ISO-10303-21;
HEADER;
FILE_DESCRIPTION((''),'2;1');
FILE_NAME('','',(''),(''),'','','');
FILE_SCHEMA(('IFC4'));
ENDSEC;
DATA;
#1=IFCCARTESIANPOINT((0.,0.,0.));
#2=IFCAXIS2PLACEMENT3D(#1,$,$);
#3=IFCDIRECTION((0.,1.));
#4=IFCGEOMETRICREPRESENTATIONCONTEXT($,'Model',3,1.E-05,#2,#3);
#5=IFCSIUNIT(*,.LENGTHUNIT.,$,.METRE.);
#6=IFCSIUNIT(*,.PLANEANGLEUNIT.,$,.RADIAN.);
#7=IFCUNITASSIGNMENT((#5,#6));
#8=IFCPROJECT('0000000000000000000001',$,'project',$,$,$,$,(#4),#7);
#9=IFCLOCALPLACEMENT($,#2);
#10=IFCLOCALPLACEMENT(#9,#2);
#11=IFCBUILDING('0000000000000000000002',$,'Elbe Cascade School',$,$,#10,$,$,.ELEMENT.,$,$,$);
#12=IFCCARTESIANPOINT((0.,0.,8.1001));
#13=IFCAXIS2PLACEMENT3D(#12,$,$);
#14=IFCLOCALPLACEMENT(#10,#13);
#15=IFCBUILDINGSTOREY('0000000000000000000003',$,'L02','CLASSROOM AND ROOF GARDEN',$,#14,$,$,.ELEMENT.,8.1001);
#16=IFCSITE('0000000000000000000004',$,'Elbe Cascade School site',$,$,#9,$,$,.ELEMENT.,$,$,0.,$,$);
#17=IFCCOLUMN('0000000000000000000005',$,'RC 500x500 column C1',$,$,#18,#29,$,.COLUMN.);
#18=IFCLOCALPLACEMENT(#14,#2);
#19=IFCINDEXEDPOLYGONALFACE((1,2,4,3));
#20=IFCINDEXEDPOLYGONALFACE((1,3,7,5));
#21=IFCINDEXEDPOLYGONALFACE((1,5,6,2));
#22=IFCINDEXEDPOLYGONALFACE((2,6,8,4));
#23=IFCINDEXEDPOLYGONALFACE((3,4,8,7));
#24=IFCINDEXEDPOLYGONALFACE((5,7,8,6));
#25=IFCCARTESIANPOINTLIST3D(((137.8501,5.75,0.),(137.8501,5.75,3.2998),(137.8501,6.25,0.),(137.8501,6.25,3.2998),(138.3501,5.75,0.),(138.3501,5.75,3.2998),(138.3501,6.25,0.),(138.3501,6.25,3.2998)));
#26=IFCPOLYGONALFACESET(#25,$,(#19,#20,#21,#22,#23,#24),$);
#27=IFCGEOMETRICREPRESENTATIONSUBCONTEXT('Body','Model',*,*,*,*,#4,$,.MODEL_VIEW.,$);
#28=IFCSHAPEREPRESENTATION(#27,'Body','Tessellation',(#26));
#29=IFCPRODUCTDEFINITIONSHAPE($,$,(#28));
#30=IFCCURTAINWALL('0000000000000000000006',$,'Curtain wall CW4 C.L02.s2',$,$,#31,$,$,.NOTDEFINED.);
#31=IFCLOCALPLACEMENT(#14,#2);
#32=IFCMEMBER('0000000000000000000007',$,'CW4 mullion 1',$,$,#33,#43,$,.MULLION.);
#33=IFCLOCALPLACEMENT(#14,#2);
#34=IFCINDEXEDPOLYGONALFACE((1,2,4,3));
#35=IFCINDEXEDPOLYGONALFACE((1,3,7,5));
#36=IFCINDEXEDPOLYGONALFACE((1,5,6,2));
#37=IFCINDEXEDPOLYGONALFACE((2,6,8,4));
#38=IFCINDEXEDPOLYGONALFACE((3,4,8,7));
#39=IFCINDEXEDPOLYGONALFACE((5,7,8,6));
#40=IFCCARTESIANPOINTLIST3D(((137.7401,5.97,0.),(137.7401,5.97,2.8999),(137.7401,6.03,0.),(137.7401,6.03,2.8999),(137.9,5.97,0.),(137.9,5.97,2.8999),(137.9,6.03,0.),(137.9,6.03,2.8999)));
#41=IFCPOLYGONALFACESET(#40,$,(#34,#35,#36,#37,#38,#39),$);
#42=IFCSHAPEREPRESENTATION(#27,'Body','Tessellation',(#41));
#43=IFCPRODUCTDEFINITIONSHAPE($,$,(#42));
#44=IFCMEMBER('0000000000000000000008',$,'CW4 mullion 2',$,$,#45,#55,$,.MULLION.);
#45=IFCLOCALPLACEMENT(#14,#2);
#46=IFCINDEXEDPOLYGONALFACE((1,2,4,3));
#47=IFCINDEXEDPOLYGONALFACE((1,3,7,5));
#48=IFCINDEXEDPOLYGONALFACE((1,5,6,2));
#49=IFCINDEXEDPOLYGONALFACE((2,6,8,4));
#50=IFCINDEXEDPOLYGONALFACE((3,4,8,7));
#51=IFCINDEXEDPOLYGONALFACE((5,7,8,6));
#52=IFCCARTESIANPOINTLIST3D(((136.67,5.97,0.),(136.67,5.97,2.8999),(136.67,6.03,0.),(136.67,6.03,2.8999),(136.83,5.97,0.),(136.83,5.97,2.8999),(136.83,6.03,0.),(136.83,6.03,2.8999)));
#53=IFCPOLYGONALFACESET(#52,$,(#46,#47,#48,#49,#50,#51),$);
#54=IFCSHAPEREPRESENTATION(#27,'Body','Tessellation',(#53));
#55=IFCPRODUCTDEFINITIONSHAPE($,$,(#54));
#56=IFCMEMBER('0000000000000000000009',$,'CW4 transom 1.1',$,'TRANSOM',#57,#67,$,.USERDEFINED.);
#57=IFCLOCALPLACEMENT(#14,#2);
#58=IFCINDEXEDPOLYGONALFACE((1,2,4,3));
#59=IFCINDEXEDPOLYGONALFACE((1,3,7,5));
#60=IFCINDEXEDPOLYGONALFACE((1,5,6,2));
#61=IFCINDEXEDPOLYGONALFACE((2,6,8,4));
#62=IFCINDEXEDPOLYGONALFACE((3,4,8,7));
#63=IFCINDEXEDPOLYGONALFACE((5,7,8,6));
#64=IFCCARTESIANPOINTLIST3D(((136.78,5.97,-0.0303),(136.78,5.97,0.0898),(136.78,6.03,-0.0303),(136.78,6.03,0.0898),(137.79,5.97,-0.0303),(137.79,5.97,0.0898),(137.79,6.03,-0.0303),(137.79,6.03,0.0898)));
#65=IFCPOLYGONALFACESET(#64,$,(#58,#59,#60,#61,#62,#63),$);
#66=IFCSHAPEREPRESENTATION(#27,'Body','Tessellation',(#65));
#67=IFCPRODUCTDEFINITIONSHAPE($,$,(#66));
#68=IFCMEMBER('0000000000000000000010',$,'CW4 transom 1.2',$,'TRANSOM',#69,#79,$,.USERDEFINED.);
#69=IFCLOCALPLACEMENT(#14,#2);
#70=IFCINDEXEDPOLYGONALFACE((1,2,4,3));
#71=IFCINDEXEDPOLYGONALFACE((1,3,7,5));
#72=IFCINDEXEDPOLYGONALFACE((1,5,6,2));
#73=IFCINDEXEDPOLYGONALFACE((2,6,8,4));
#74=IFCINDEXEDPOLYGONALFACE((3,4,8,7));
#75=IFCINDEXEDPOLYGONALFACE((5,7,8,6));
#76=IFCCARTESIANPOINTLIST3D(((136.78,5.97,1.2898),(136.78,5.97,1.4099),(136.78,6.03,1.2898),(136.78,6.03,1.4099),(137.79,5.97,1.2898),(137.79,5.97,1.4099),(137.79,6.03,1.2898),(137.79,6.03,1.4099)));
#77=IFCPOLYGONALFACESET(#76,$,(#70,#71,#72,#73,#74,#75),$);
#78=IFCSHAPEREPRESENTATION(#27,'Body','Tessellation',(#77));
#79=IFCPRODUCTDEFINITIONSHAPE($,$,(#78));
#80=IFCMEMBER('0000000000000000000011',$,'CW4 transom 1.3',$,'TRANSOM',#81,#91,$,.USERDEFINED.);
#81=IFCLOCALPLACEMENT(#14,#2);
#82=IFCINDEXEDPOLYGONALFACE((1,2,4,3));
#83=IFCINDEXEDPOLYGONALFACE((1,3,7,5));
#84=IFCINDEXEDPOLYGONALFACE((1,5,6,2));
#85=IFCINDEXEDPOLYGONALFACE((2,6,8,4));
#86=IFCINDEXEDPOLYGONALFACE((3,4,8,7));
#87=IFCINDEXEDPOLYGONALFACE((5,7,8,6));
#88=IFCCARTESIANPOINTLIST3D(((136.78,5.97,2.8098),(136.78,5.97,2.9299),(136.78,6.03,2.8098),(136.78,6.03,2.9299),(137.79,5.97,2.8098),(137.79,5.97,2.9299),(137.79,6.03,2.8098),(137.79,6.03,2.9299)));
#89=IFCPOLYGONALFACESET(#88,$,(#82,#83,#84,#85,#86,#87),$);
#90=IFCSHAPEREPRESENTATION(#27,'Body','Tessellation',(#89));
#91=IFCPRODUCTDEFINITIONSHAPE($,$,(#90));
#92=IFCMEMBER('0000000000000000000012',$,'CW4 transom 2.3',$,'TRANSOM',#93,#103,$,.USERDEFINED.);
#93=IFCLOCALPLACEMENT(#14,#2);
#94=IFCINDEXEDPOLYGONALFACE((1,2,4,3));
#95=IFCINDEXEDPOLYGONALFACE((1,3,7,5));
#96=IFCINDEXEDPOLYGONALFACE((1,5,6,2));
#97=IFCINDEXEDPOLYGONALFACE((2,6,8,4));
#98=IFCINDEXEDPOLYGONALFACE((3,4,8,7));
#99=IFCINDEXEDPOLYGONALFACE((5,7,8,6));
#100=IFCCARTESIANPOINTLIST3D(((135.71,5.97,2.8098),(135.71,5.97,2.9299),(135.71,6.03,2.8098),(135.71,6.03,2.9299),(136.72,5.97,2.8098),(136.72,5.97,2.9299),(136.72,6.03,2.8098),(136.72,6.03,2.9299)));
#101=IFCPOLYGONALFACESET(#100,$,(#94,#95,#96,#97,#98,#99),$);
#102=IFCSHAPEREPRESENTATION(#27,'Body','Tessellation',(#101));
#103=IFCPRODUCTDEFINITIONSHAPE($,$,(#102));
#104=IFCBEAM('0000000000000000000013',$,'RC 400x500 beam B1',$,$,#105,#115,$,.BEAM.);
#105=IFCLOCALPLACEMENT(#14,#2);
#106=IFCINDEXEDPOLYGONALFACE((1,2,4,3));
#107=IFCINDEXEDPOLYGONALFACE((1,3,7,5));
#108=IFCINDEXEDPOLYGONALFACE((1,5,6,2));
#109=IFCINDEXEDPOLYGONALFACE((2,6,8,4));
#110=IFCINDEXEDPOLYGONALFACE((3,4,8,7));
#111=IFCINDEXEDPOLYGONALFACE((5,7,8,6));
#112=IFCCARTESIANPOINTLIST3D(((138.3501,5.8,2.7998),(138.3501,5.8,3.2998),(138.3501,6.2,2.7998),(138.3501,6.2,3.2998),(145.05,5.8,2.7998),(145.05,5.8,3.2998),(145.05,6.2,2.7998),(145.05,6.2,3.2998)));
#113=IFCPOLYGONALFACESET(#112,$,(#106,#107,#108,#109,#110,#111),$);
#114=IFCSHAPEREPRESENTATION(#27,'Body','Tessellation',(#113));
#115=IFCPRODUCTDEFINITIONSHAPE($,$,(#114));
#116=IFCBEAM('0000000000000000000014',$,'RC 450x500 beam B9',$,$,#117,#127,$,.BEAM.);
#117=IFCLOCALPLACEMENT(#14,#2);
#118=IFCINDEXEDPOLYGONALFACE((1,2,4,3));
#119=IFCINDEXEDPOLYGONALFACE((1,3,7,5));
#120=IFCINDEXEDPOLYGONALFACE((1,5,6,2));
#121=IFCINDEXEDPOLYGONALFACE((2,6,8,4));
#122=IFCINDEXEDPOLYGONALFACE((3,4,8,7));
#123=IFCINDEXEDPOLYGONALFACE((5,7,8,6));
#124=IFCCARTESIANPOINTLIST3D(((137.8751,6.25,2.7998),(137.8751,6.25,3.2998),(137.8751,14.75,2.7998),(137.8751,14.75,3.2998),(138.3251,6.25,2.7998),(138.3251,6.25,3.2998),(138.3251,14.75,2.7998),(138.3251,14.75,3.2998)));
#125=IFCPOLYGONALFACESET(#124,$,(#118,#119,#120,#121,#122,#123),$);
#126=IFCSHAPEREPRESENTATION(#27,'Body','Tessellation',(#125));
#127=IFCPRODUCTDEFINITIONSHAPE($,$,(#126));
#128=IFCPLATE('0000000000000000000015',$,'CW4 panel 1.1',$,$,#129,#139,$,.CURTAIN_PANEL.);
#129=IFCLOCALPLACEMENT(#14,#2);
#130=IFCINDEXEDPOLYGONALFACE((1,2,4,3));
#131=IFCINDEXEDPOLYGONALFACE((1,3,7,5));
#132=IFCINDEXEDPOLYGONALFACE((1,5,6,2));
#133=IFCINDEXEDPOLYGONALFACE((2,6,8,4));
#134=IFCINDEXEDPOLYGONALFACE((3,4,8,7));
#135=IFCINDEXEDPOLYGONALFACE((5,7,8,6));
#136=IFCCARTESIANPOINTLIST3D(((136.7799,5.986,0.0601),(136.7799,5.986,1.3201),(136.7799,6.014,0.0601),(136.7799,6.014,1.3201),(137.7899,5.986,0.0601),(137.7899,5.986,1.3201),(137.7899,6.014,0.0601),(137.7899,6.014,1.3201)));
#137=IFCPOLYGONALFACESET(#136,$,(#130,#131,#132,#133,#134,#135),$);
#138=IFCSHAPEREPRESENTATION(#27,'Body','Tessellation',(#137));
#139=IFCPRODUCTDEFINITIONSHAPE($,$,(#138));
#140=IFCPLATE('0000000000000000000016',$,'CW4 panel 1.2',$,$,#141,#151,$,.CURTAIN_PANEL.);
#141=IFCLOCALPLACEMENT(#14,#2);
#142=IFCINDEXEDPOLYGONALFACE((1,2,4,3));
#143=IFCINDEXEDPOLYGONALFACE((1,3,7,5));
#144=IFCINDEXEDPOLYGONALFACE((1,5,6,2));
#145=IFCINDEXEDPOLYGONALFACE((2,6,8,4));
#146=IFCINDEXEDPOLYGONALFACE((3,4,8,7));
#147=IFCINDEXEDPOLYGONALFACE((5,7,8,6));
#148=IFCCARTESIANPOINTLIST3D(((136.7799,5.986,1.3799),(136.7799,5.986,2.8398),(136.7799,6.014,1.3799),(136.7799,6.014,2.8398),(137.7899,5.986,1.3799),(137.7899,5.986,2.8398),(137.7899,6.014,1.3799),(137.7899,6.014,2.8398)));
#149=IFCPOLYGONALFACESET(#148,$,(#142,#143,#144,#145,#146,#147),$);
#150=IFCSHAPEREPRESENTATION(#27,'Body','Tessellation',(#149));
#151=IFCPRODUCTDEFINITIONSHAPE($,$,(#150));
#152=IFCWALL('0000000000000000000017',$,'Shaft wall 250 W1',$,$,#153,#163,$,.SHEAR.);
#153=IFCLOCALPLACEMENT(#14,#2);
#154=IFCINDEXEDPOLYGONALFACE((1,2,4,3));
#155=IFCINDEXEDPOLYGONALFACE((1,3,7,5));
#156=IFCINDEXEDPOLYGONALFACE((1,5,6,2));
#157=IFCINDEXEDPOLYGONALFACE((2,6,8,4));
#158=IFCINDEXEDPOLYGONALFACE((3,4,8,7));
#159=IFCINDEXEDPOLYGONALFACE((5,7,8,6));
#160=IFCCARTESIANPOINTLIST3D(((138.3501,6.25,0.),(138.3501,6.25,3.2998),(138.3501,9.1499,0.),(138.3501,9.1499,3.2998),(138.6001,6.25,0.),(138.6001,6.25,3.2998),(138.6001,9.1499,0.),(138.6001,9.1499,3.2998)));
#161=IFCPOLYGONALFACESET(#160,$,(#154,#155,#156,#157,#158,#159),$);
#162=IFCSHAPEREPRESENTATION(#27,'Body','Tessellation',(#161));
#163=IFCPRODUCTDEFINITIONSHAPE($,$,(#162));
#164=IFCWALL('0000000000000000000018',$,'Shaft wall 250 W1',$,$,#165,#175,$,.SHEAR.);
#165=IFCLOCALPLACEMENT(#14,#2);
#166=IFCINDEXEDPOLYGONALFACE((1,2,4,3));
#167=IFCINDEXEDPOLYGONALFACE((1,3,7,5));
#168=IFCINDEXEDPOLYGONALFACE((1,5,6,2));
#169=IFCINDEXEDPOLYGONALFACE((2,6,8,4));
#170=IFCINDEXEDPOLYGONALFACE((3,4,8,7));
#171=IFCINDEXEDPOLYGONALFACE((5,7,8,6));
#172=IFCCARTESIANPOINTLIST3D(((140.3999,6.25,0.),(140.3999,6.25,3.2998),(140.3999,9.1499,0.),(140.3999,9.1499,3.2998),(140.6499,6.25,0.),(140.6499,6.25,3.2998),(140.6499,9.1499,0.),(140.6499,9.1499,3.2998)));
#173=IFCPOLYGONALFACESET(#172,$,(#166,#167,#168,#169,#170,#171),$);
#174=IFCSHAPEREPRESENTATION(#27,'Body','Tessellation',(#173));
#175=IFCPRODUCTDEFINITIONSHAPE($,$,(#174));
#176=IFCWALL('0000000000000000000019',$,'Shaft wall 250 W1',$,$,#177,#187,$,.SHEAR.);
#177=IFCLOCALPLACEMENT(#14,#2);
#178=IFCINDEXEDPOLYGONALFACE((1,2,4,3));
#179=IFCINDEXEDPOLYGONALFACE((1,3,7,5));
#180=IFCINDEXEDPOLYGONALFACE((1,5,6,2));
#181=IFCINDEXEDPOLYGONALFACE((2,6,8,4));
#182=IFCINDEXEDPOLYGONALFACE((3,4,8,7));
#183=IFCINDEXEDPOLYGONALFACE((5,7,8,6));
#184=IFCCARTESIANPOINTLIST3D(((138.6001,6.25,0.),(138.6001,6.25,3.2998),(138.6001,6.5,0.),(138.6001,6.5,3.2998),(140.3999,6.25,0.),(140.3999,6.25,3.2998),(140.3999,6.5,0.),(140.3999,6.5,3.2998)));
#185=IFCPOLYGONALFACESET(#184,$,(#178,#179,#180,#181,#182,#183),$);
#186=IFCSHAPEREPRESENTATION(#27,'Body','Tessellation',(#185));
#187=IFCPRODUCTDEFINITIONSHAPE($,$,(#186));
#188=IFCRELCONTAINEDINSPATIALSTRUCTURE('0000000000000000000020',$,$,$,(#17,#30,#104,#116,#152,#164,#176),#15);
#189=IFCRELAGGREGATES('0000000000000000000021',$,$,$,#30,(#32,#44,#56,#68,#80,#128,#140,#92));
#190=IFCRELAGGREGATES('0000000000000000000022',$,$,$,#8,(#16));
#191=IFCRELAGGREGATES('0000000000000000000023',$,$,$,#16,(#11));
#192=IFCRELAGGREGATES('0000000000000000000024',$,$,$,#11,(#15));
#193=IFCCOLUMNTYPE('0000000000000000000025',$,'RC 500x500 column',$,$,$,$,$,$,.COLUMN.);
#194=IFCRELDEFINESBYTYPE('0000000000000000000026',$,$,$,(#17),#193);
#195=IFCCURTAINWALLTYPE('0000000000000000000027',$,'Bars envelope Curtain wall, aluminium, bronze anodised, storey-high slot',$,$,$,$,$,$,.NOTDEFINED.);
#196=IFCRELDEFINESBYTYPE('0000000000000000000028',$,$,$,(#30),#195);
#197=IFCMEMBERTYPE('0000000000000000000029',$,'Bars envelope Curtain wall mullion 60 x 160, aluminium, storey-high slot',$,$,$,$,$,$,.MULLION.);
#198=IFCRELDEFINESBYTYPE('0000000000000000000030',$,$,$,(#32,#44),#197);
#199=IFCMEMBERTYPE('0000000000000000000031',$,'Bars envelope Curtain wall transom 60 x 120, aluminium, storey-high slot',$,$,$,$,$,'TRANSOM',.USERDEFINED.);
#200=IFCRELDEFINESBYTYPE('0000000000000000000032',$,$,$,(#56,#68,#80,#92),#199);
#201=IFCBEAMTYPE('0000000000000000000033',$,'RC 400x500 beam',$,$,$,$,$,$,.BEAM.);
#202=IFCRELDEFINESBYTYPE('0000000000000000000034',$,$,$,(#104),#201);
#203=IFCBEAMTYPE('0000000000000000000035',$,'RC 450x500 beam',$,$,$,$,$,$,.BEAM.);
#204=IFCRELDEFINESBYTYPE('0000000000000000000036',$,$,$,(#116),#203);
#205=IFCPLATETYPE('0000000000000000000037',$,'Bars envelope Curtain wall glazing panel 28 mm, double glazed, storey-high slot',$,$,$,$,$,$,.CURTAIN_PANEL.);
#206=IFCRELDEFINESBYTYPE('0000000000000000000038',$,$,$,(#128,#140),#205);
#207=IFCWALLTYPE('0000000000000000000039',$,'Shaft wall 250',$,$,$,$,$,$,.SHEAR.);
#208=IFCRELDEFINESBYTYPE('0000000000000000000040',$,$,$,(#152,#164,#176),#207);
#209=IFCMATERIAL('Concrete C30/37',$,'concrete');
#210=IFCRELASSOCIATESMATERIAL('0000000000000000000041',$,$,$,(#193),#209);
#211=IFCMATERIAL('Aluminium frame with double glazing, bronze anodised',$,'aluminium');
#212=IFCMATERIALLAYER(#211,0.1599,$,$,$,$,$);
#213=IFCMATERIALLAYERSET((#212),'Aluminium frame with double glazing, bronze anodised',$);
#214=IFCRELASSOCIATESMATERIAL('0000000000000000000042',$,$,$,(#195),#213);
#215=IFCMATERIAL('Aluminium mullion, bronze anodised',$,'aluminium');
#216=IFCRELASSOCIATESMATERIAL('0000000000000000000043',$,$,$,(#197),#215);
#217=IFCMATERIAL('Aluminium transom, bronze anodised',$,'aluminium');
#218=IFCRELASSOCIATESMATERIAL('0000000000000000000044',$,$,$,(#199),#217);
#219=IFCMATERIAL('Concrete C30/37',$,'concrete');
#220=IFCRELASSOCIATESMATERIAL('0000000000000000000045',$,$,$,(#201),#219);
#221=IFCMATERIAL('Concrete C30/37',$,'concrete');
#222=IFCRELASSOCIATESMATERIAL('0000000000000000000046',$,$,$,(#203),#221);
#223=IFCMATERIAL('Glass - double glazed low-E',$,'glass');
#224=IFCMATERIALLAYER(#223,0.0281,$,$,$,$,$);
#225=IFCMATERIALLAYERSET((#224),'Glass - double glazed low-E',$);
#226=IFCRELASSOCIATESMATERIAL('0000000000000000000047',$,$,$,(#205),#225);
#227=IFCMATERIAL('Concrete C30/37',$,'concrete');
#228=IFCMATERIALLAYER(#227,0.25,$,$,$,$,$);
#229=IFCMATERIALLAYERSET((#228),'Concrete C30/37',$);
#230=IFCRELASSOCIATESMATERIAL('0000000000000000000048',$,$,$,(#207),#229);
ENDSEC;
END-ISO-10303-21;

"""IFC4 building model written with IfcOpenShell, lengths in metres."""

from ifc_helpers import new_model, si_unit, direction, frame, frame_2d, origin, origin_2d, place, context, subcontext, project, spatial, rectangle, extrude, material, layer, layer_set, material_profile, profile_set, type_object, element, aggregate, save


model = new_model("IFC4")

# Units and contexts
model_context = context("Model", 3, precision=1e-05, world=origin(), true_north=direction((0.0, 1.0)))
body_context = subcontext(model_context, "Body", "Model", "MODEL_VIEW")
ifc_project = project(units=[si_unit("LENGTHUNIT", "METRE"), si_unit("PLANEANGLEUNIT", "RADIAN")], contexts=[model_context])

# Site, building, storey
site_placement = place(None, origin())
site = spatial("IfcSite", under=ifc_project, at=site_placement, Name="Elbe Cascade School site", CompositionType="ELEMENT", RefElevation=0.0)
building_placement = place(site_placement, origin())
building = spatial("IfcBuilding", under=site, at=building_placement, Name="Elbe Cascade School", CompositionType="ELEMENT")
storey_placement = place(building_placement, frame((0.0, 0.0, 8.1001)))
storey = spatial("IfcBuildingStorey", under=building, at=storey_placement, Name="L02", Description="CLASSROOM AND ROOF GARDEN", CompositionType="ELEMENT", Elevation=8.1001)

# Column
ifc_material_1 = material(Name="Concrete C30/37", Category="concrete")
ifc_material_profile_1 = material_profile(ifc_material_1, rectangle(XDim=0.5, YDim=0.5, at=origin_2d()), Name="RC 500x500")
ifc_profile_set_1 = profile_set([ifc_material_profile_1], Name="Concrete C30/37")
column_type = type_object("IfcColumnType", Name="RC 500x500 column", PredefinedType="COLUMN", material=ifc_profile_set_1)
column_placement = place(storey_placement, frame((138.1001, 6.0, 0.0), z_axis=(0.0, 0.0, 1.0), x_axis=(1.0, 0.0, 0.0)))
element("IfcColumn", 1, at=column_placement, inside=storey, type_object=column_type, Name="RC 500x500 column C1", PredefinedType="COLUMN", context=body_context, shape_type="SweptSolid", body=[
    extrude(rectangle(XDim=0.5, YDim=0.5, at=origin_2d()), origin(), (0.0, 0.0, 1.0), 3.2998),
])

# Curtain wall, members
ifc_material_2 = material(Name="Aluminium frame with double glazing, bronze anodised", Category="aluminium")
ifc_layer_1 = layer(ifc_material_2, 0.1599)
ifc_layer_set_1 = layer_set([ifc_layer_1], Name="Aluminium frame with double glazing, bronze anodised")
curtain_wall_type = type_object("IfcCurtainWallType", Name="Bars envelope Curtain wall, aluminium, bronze anodised, storey-high slot", PredefinedType="NOTDEFINED", material=ifc_layer_set_1)
curtain_wall_placement = place(storey_placement, origin())
curtain_wall = element("IfcCurtainWall", 2, at=curtain_wall_placement, inside=storey, type_object=curtain_wall_type, Name="Curtain wall CW4 C.L02.s2", PredefinedType="NOTDEFINED")
ifc_material_3 = material(Name="Aluminium mullion, bronze anodised", Category="aluminium")
ifc_material_profile_2 = material_profile(ifc_material_3, rectangle(XDim=0.0601, YDim=0.1599, at=origin_2d()), Name="Bars envelope Curtain wall mullion 60 x 160, aluminium, storey-high slot")
ifc_profile_set_2 = profile_set([ifc_material_profile_2], Name="Aluminium mullion, bronze anodised")
member_type_1 = type_object("IfcMemberType", Name="Bars envelope Curtain wall mullion 60 x 160, aluminium, storey-high slot", PredefinedType="MULLION", material=ifc_profile_set_2)
member_1_placement = place(storey_placement, frame((137.8201, 6.0, 0.0), z_axis=(0.0, 0.0, 1.0), x_axis=(0.0, -1.0, 0.0)))
member_1 = element("IfcMember", 3, at=member_1_placement, type_object=member_type_1, Name="CW4 mullion 1", PredefinedType="MULLION", context=body_context, shape_type="SweptSolid", body=[
    extrude(rectangle(XDim=0.0601, YDim=0.1599, at=origin_2d()), origin(), (0.0, 0.0, 1.0), 2.8999),
])
member_2_placement = place(storey_placement, frame((136.75, 6.0, 0.0), z_axis=(0.0, 0.0, 1.0), x_axis=(0.0, -1.0, 0.0)))
member_2 = element("IfcMember", 4, at=member_2_placement, type_object=member_type_1, Name="CW4 mullion 2", PredefinedType="MULLION", context=body_context, shape_type="SweptSolid", body=[
    extrude(rectangle(XDim=0.0601, YDim=0.1599, at=origin_2d()), origin(), (0.0, 0.0, 1.0), 2.8999),
])
ifc_material_4 = material(Name="Aluminium transom, bronze anodised", Category="aluminium")
ifc_material_profile_3 = material_profile(ifc_material_4, rectangle(XDim=0.0601, YDim=0.1201, at=origin_2d()), Name="Bars envelope Curtain wall transom 60 x 120, aluminium, storey-high slot")
ifc_profile_set_3 = profile_set([ifc_material_profile_3], Name="Aluminium transom, bronze anodised")
member_type_2 = type_object("IfcMemberType", Name="Bars envelope Curtain wall transom 60 x 120, aluminium, storey-high slot", ElementType="TRANSOM", PredefinedType="USERDEFINED", material=ifc_profile_set_3)
member_3_placement = place(storey_placement, frame((137.79, 6.0, 0.0298), z_axis=(-1.0, 0.0, 0.0), x_axis=(0.0, -1.0, 0.0)))
member_3 = element("IfcMember", 5, at=member_3_placement, type_object=member_type_2, Name="CW4 transom 1.1", ObjectType="TRANSOM", PredefinedType="USERDEFINED", context=body_context, shape_type="SweptSolid", body=[
    extrude(rectangle(XDim=0.0601, YDim=0.1201, at=origin_2d()), origin(), (0.0, 0.0, 1.0), 1.01),
])
member_4_placement = place(storey_placement, frame((137.79, 6.0, 1.3499), z_axis=(-1.0, 0.0, 0.0), x_axis=(0.0, -1.0, 0.0)))
member_4 = element("IfcMember", 6, at=member_4_placement, type_object=member_type_2, Name="CW4 transom 1.2", ObjectType="TRANSOM", PredefinedType="USERDEFINED", context=body_context, shape_type="SweptSolid", body=[
    extrude(rectangle(XDim=0.0601, YDim=0.1201, at=origin_2d()), origin(), (0.0, 0.0, 1.0), 1.01),
])
member_5_placement = place(storey_placement, frame((137.79, 6.0, 2.8699), z_axis=(-1.0, 0.0, 0.0), x_axis=(0.0, -1.0, 0.0)))
member_5 = element("IfcMember", 7, at=member_5_placement, type_object=member_type_2, Name="CW4 transom 1.3", ObjectType="TRANSOM", PredefinedType="USERDEFINED", context=body_context, shape_type="SweptSolid", body=[
    extrude(rectangle(XDim=0.0601, YDim=0.1201, at=origin_2d()), origin(), (0.0, 0.0, 1.0), 1.01),
])
member_6_placement = place(storey_placement, frame((136.72, 6.0, 2.8699), z_axis=(-1.0, 0.0, 0.0), x_axis=(0.0, -1.0, 0.0)))
member_6 = element("IfcMember", 8, at=member_6_placement, type_object=member_type_2, Name="CW4 transom 2.3", ObjectType="TRANSOM", PredefinedType="USERDEFINED", context=body_context, shape_type="SweptSolid", body=[
    extrude(rectangle(XDim=0.0601, YDim=0.1201, at=origin_2d()), origin(), (0.0, 0.0, 1.0), 1.01),
])

# Beams
ifc_material_5 = material(Name="Concrete C30/37", Category="concrete")
ifc_material_profile_4 = material_profile(ifc_material_5, rectangle(XDim=0.3999, YDim=0.5, at=origin_2d()), Name="RC 400x500")
ifc_profile_set_4 = profile_set([ifc_material_profile_4], Name="Concrete C30/37")
beam_type_1 = type_object("IfcBeamType", Name="RC 400x500 beam", PredefinedType="BEAM", material=ifc_profile_set_4)
beam_1_placement = place(storey_placement, frame((138.3501, 6.0, 3.0498), z_axis=(1.0, 0.0, 0.0), x_axis=(0.0, 1.0, 0.0)))
element("IfcBeam", 9, at=beam_1_placement, inside=storey, type_object=beam_type_1, Name="RC 400x500 beam B1", PredefinedType="BEAM", context=body_context, shape_type="SweptSolid", body=[
    extrude(rectangle(XDim=0.3999, YDim=0.5, at=origin_2d()), origin(), (0.0, 0.0, 1.0), 6.7),
])
ifc_material_6 = material(Name="Concrete C30/37", Category="concrete")
ifc_material_profile_5 = material_profile(ifc_material_6, rectangle(XDim=0.45, YDim=0.5, at=origin_2d()), Name="RC 450x500")
ifc_profile_set_5 = profile_set([ifc_material_profile_5], Name="Concrete C30/37")
beam_type_2 = type_object("IfcBeamType", Name="RC 450x500 beam", PredefinedType="BEAM", material=ifc_profile_set_5)
beam_2_placement = place(storey_placement, frame((138.1001, 6.25, 3.0498), z_axis=(0.0, 1.0, 0.0), x_axis=(-1.0, 0.0, 0.0)))
element("IfcBeam", 10, at=beam_2_placement, inside=storey, type_object=beam_type_2, Name="RC 450x500 beam B9", PredefinedType="BEAM", context=body_context, shape_type="SweptSolid", body=[
    extrude(rectangle(XDim=0.45, YDim=0.5, at=origin_2d()), origin(), (0.0, 0.0, 1.0), 8.5),
])

# Plates
ifc_material_7 = material(Name="Glass - double glazed low-E", Category="glass")
ifc_layer_2 = layer(ifc_material_7, 0.0281)
ifc_layer_set_2 = layer_set([ifc_layer_2], Name="Glass - double glazed low-E")
plate_type = type_object("IfcPlateType", Name="Bars envelope Curtain wall glazing panel 28 mm, double glazed, storey-high slot", PredefinedType="CURTAIN_PANEL", material=ifc_layer_set_2)
plate_1_placement = place(storey_placement, frame((137.2849, 6.0, 0.0601), z_axis=(0.0, 0.0, 1.0), x_axis=(-1.0, 0.0, 0.0)))
plate_1 = element("IfcPlate", 11, at=plate_1_placement, type_object=plate_type, Name="CW4 panel 1.1", PredefinedType="CURTAIN_PANEL", context=body_context, shape_type="SweptSolid", body=[
    extrude(rectangle(XDim=1.01, YDim=0.0281, at=origin_2d()), origin(), (0.0, 0.0, 1.0), 1.26),
])
plate_2_placement = place(storey_placement, frame((137.2849, 6.0, 1.3799), z_axis=(0.0, 0.0, 1.0), x_axis=(-1.0, 0.0, 0.0)))
plate_2 = element("IfcPlate", 12, at=plate_2_placement, type_object=plate_type, Name="CW4 panel 1.2", PredefinedType="CURTAIN_PANEL", context=body_context, shape_type="SweptSolid", body=[
    extrude(rectangle(XDim=1.01, YDim=0.0281, at=origin_2d()), origin(), (0.0, 0.0, 1.0), 1.46),
])
aggregate(curtain_wall, [member_1, member_2, member_3, member_4, member_5, plate_1, plate_2, member_6])

# Walls
ifc_material_8 = material(Name="Concrete C30/37", Category="concrete")
ifc_layer_3 = layer(ifc_material_8, 0.25)
ifc_layer_set_3 = layer_set([ifc_layer_3], Name="Concrete C30/37")
wall_type = type_object("IfcWallType", Name="Shaft wall 250", PredefinedType="SHEAR", material=ifc_layer_set_3)
for number, where, z_axis, x_axis, name in (
    (13, (138.4751, 6.25, 0.0), (0.0, 0.0, 1.0), (0.0, 1.0, 0.0), "Shaft wall 250 W1"),
    (14, (140.5249, 6.25, 0.0), (0.0, 0.0, 1.0), (0.0, 1.0, 0.0), "Shaft wall 250 W1"),
):
    element("IfcWall", number, at=place(storey_placement, frame(where, z_axis=z_axis, x_axis=x_axis)), inside=storey, type_object=wall_type, Name=name, PredefinedType="SHEAR", context=body_context, shape_type="SweptSolid", body=[
        extrude(rectangle(XDim=2.8999, YDim=0.25, at=frame_2d((1.45, 0.0))), origin(), (0.0, 0.0, 1.0), 3.2998),
    ])
wall_1_placement = place(storey_placement, frame((138.6001, 6.375, 0.0), z_axis=(0.0, 0.0, 1.0), x_axis=(1.0, 0.0, 0.0)))
element("IfcWall", 15, at=wall_1_placement, inside=storey, type_object=wall_type, Name="Shaft wall 250 W1", PredefinedType="SHEAR", context=body_context, shape_type="SweptSolid", body=[
    extrude(rectangle(XDim=1.7998, YDim=0.25, at=frame_2d((0.8999, 0.0))), origin(), (0.0, 0.0, 1.0), 3.2998),
])

save(model, "model.ifc")
